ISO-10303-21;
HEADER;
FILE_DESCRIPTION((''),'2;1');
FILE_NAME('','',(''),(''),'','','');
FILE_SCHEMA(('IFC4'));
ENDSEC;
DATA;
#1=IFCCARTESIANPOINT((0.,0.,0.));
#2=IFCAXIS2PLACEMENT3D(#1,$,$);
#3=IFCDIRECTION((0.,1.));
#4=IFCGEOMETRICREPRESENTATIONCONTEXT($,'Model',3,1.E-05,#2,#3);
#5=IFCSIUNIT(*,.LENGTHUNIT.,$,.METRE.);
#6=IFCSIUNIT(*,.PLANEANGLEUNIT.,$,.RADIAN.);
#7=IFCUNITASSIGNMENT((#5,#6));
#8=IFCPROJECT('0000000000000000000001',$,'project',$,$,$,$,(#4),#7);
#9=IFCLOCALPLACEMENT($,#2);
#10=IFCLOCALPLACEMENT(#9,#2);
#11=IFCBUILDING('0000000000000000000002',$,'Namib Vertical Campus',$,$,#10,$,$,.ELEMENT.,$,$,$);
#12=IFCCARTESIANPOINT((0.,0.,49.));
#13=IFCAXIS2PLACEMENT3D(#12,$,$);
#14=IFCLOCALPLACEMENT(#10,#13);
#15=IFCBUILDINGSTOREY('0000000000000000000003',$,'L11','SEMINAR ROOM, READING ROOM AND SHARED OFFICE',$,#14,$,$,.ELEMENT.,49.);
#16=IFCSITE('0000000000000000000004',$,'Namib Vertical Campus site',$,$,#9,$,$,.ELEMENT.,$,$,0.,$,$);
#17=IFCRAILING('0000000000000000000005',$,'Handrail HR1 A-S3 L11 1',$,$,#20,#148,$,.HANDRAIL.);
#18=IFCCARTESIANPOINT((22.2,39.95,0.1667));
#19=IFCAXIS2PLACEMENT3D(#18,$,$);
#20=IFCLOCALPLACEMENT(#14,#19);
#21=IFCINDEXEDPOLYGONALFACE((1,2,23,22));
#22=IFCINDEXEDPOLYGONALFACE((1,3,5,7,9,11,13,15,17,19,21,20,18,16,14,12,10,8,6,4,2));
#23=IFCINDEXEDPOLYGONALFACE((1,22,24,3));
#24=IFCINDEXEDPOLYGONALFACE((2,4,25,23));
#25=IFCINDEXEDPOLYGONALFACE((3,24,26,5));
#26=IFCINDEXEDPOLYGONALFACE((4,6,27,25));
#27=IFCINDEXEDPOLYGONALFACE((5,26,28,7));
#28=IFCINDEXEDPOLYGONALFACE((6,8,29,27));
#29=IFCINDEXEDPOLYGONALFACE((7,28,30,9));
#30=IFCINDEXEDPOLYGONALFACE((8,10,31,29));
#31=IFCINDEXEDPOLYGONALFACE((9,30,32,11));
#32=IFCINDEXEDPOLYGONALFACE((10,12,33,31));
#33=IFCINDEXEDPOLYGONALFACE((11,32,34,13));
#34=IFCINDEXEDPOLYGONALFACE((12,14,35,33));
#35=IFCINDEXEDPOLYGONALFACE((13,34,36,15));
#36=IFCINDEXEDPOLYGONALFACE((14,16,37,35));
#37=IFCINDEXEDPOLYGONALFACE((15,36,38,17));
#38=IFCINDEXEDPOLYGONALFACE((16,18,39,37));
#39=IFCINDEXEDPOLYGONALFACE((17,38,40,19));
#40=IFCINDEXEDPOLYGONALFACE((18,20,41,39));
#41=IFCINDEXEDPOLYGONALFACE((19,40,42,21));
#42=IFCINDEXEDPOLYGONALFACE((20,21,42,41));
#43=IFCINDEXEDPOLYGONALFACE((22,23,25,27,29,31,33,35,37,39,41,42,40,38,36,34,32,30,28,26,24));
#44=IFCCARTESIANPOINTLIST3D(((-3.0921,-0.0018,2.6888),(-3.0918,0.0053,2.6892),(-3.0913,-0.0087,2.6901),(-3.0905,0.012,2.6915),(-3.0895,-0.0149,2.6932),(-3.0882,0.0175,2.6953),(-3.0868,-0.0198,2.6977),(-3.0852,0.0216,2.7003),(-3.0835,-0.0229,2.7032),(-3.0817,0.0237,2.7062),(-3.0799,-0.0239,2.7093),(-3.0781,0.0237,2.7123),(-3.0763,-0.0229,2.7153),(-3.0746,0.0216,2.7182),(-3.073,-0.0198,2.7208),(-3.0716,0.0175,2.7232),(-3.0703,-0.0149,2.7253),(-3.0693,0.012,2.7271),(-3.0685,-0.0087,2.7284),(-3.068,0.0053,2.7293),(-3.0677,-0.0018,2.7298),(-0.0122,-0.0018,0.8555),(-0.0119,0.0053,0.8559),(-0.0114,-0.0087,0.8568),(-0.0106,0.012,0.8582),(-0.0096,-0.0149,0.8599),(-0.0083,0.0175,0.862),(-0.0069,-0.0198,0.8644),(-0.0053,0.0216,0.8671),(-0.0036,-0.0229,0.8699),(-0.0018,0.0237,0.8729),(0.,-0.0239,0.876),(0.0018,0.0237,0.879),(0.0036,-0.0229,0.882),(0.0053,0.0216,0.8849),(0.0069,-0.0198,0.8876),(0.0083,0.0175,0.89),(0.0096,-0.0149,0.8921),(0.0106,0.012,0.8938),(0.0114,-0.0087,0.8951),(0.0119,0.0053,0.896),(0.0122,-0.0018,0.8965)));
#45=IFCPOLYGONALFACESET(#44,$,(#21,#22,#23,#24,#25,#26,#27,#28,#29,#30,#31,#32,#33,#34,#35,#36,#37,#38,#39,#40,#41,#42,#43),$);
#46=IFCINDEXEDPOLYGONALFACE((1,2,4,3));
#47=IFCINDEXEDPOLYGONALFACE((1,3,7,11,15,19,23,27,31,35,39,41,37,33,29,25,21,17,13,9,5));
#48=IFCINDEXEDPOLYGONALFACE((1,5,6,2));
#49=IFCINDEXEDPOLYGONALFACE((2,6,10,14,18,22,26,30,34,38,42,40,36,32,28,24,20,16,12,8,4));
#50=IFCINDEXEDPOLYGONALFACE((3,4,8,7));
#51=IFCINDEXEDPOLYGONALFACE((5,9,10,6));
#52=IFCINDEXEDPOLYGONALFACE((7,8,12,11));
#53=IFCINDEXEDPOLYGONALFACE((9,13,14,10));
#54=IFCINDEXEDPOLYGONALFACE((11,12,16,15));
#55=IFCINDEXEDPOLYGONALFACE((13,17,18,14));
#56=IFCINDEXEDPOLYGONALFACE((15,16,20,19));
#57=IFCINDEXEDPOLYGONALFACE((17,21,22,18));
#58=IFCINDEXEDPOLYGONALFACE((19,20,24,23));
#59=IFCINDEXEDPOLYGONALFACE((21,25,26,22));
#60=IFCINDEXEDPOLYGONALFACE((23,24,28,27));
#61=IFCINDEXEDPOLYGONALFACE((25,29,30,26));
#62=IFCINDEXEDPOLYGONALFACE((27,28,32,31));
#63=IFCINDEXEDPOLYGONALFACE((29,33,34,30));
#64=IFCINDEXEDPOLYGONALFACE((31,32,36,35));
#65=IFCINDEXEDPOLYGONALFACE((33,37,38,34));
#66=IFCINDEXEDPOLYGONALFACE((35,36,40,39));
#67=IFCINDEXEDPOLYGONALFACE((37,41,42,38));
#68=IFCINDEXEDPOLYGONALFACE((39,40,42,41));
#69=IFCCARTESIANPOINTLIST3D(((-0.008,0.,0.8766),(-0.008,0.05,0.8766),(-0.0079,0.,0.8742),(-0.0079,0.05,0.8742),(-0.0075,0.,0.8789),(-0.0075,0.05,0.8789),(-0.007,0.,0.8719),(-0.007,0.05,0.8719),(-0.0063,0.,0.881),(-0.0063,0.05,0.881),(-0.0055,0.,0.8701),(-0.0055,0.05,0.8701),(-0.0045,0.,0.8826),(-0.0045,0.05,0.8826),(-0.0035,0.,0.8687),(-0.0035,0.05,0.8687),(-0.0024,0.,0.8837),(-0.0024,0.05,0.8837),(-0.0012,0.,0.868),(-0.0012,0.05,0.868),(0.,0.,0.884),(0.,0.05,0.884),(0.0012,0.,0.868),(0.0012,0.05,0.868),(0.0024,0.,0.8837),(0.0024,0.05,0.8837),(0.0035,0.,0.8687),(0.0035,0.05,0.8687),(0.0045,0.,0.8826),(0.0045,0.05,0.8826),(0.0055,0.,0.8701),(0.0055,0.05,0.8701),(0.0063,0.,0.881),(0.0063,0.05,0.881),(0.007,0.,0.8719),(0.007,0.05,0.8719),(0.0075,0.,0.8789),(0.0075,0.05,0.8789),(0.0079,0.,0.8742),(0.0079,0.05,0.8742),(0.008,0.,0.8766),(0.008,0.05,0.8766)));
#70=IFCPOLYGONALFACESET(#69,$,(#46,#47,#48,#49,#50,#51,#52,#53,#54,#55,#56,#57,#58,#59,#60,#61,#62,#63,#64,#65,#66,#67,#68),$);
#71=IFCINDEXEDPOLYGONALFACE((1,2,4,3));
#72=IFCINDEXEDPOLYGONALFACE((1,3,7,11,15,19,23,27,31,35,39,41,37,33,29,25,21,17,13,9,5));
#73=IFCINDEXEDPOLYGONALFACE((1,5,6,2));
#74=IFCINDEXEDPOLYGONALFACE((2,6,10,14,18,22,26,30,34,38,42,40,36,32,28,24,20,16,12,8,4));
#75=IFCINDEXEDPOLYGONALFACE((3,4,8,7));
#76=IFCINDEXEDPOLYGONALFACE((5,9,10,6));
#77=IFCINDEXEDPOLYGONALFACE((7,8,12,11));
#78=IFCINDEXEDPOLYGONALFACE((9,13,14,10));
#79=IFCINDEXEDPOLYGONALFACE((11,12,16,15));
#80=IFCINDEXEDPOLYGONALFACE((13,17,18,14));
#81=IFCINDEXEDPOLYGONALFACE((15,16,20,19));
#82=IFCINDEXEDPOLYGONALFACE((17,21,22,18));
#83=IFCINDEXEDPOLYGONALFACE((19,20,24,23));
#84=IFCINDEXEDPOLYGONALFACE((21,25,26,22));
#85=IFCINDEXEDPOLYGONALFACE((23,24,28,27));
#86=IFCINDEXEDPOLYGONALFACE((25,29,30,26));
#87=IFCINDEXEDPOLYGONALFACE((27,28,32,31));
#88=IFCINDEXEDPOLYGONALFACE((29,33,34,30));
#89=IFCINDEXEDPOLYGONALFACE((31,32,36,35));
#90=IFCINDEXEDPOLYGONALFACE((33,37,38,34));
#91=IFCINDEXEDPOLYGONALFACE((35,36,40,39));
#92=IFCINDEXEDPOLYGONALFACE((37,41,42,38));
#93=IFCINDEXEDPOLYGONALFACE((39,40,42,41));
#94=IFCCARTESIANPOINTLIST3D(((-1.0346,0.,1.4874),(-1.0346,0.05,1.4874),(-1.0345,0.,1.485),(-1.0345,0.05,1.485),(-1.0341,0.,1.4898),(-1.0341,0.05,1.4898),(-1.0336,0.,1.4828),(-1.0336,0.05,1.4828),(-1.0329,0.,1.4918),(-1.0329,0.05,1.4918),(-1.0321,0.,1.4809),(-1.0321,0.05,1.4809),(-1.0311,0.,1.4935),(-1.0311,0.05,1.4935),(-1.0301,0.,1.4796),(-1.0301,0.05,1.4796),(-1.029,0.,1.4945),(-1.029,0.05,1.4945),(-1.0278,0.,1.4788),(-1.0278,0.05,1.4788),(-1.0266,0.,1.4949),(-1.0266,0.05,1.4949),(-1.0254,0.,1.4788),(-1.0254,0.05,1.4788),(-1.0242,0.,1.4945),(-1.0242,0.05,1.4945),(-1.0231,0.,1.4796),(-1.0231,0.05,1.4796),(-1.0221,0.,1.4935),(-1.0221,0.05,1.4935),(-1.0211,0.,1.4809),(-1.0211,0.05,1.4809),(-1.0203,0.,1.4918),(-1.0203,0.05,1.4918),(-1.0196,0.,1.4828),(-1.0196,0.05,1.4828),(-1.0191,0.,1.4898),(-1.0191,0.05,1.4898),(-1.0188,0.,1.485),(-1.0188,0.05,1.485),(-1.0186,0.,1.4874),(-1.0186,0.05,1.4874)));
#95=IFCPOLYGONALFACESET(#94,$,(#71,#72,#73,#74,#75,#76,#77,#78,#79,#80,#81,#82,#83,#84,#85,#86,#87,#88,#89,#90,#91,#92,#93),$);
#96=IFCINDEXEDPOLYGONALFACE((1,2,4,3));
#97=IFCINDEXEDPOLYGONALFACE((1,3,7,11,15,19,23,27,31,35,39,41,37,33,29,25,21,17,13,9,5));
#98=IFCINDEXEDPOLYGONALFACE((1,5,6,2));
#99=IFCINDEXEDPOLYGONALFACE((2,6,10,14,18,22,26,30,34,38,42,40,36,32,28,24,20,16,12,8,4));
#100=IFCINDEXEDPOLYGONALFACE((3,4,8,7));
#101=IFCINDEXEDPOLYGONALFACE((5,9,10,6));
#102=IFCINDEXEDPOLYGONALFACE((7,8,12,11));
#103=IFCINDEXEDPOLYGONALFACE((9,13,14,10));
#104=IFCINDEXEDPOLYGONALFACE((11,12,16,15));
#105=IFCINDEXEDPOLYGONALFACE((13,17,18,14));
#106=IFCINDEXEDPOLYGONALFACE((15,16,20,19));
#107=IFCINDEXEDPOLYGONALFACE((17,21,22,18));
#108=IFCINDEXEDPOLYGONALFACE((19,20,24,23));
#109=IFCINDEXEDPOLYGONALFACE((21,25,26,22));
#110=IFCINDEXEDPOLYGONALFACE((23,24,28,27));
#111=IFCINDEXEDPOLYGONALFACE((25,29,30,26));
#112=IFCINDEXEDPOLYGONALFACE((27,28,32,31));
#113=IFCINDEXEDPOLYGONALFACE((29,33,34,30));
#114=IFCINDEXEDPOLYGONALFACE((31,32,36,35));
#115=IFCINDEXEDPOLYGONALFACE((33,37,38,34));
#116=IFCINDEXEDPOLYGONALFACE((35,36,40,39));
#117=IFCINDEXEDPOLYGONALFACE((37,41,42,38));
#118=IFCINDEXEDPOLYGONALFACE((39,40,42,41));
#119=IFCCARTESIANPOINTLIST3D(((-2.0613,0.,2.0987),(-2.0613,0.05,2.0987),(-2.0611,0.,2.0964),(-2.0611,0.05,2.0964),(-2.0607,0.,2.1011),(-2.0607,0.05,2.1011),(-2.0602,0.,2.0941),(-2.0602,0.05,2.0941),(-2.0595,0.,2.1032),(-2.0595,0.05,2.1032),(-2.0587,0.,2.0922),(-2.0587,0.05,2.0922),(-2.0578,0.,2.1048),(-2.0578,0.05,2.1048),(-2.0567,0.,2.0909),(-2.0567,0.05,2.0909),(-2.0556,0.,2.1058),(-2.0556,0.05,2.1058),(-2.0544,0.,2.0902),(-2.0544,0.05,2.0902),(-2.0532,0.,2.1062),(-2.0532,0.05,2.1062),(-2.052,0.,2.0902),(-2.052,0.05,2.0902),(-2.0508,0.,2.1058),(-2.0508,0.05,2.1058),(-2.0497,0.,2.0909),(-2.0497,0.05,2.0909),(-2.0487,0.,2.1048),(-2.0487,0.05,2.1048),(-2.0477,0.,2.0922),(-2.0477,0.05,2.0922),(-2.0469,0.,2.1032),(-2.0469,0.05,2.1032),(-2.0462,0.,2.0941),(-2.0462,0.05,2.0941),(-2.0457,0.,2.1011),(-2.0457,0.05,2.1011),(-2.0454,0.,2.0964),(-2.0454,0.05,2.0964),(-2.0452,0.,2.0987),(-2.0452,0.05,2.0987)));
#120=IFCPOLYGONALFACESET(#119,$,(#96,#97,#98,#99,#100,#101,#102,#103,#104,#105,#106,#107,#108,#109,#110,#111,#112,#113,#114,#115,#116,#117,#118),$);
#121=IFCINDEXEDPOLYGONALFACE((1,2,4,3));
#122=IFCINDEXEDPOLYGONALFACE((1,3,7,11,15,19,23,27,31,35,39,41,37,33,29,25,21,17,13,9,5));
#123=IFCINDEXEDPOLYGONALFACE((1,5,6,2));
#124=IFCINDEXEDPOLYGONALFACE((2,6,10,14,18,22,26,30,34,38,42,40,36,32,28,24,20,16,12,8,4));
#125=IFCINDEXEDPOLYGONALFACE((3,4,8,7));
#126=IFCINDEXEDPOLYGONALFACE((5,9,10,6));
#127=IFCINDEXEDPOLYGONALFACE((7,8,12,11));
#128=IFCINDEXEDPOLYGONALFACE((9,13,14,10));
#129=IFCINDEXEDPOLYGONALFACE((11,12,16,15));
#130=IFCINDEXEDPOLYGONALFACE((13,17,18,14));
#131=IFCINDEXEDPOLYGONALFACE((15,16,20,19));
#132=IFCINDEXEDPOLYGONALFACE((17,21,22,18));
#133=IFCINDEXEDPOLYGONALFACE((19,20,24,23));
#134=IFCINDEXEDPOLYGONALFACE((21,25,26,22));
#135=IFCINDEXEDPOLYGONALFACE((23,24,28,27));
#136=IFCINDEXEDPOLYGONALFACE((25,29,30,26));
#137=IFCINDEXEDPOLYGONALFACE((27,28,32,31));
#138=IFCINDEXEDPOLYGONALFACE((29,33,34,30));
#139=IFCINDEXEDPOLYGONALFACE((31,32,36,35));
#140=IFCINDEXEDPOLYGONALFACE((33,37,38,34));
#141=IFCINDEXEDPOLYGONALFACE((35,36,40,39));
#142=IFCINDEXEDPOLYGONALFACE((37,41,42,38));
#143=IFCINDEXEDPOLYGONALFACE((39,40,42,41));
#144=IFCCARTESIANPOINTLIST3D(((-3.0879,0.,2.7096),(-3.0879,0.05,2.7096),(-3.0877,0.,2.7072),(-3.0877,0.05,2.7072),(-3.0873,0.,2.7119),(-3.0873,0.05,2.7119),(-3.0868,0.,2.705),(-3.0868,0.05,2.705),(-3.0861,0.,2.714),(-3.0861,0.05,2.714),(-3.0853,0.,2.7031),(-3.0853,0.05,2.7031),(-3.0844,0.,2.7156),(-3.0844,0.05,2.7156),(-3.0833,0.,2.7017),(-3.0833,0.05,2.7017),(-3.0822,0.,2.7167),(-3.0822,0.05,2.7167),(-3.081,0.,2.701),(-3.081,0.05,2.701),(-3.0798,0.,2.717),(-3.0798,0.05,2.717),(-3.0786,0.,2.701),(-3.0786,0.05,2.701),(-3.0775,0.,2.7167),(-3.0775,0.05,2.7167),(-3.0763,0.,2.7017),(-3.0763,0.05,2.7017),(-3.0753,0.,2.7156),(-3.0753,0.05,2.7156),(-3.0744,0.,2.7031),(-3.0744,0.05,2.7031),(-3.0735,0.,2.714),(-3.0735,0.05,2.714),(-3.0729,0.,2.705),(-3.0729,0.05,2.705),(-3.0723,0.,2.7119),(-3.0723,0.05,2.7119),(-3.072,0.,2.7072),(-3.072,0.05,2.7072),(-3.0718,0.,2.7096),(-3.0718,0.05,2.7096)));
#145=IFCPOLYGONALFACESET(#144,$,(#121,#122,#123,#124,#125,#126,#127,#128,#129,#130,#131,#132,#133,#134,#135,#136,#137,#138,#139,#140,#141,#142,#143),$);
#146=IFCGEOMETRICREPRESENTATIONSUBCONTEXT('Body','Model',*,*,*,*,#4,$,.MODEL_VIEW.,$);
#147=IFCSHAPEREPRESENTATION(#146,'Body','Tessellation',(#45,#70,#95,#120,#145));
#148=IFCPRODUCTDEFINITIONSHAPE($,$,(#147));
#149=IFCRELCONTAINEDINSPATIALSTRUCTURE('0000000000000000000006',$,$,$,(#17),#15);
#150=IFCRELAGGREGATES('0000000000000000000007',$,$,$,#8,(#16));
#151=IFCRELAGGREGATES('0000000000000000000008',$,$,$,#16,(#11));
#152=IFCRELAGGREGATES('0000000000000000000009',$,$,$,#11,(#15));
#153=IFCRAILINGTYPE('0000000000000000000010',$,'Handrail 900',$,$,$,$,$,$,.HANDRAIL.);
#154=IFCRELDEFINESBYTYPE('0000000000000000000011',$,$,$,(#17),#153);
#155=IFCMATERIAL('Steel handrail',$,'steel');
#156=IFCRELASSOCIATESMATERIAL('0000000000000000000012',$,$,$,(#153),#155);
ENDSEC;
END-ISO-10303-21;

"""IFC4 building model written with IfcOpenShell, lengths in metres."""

from ifc_helpers import new_model, si_unit, direction, frame, origin, origin_2d, place, context, subcontext, project, spatial, circle, extrude, material, type_object, element, save


model = new_model("IFC4")

# Units and contexts
model_context = context("Model", 3, precision=1e-05, world=origin(), true_north=direction((0.0, 1.0)))
body_context = subcontext(model_context, "Body", "Model", "MODEL_VIEW")
ifc_project = project(units=[si_unit("LENGTHUNIT", "METRE"), si_unit("PLANEANGLEUNIT", "RADIAN")], contexts=[model_context])

# Site, building, storey
site_placement = place(None, origin())
site = spatial("IfcSite", under=ifc_project, at=site_placement, Name="Namib Vertical Campus site", CompositionType="ELEMENT", RefElevation=0.0)
building_placement = place(site_placement, origin())
building = spatial("IfcBuilding", under=site, at=building_placement, Name="Namib Vertical Campus", CompositionType="ELEMENT")
storey_placement = place(building_placement, frame((0.0, 0.0, 49.0)))
storey = spatial("IfcBuildingStorey", under=building, at=storey_placement, Name="L11", Description="SEMINAR ROOM, READING ROOM AND SHARED OFFICE", CompositionType="ELEMENT", Elevation=49.0)

# Railing
ifc_material_1 = material(Name="Steel handrail", Category="steel")
railing_type_1 = type_object("IfcRailingType", Name="Handrail 900", PredefinedType="HANDRAIL", material=ifc_material_1)
railing_1_placement = place(storey_placement, frame((22.2, 39.95, 0.1667)))
element("IfcRailing", 1, at=railing_1_placement, inside=storey, type_object=railing_type_1, Name="Handrail HR1 A-S3 L11 1", PredefinedType="HANDRAIL", context=body_context, shape_type="SweptSolid", body=[
    extrude(circle(Radius=0.0239, at=origin_2d()), frame((0.0, 0.0, 0.876), z_axis=(-0.859291, 0.0, 0.511487), x_axis=(0.0, -1.0, 0.0)), (0.0, 0.0, 1.0), 3.5842),
    extrude(circle(Radius=0.0081, at=origin_2d()), frame((0.0, 0.0, 0.876), z_axis=(0.0, 1.0, 0.0), x_axis=(0.0, 0.0, 1.0)), (0.0, 0.0, 1.0), 0.05),
    extrude(circle(Radius=0.0081, at=origin_2d()), frame((-1.0266, 0.0, 1.4868), z_axis=(0.0, 1.0, 0.0), x_axis=(0.0, 0.0, 1.0)), (0.0, 0.0, 1.0), 0.05),
    extrude(circle(Radius=0.0081, at=origin_2d()), frame((-2.0532, 0.0, 2.0981), z_axis=(0.0, 1.0, 0.0), x_axis=(0.0, 0.0, 1.0)), (0.0, 0.0, 1.0), 0.05),
    extrude(circle(Radius=0.0081, at=origin_2d()), frame((-3.0798, 0.0, 2.709), z_axis=(0.0, 1.0, 0.0), x_axis=(0.0, 0.0, 1.0)), (0.0, 0.0, 1.0), 0.05),
])

save(model, "model.ifc")
